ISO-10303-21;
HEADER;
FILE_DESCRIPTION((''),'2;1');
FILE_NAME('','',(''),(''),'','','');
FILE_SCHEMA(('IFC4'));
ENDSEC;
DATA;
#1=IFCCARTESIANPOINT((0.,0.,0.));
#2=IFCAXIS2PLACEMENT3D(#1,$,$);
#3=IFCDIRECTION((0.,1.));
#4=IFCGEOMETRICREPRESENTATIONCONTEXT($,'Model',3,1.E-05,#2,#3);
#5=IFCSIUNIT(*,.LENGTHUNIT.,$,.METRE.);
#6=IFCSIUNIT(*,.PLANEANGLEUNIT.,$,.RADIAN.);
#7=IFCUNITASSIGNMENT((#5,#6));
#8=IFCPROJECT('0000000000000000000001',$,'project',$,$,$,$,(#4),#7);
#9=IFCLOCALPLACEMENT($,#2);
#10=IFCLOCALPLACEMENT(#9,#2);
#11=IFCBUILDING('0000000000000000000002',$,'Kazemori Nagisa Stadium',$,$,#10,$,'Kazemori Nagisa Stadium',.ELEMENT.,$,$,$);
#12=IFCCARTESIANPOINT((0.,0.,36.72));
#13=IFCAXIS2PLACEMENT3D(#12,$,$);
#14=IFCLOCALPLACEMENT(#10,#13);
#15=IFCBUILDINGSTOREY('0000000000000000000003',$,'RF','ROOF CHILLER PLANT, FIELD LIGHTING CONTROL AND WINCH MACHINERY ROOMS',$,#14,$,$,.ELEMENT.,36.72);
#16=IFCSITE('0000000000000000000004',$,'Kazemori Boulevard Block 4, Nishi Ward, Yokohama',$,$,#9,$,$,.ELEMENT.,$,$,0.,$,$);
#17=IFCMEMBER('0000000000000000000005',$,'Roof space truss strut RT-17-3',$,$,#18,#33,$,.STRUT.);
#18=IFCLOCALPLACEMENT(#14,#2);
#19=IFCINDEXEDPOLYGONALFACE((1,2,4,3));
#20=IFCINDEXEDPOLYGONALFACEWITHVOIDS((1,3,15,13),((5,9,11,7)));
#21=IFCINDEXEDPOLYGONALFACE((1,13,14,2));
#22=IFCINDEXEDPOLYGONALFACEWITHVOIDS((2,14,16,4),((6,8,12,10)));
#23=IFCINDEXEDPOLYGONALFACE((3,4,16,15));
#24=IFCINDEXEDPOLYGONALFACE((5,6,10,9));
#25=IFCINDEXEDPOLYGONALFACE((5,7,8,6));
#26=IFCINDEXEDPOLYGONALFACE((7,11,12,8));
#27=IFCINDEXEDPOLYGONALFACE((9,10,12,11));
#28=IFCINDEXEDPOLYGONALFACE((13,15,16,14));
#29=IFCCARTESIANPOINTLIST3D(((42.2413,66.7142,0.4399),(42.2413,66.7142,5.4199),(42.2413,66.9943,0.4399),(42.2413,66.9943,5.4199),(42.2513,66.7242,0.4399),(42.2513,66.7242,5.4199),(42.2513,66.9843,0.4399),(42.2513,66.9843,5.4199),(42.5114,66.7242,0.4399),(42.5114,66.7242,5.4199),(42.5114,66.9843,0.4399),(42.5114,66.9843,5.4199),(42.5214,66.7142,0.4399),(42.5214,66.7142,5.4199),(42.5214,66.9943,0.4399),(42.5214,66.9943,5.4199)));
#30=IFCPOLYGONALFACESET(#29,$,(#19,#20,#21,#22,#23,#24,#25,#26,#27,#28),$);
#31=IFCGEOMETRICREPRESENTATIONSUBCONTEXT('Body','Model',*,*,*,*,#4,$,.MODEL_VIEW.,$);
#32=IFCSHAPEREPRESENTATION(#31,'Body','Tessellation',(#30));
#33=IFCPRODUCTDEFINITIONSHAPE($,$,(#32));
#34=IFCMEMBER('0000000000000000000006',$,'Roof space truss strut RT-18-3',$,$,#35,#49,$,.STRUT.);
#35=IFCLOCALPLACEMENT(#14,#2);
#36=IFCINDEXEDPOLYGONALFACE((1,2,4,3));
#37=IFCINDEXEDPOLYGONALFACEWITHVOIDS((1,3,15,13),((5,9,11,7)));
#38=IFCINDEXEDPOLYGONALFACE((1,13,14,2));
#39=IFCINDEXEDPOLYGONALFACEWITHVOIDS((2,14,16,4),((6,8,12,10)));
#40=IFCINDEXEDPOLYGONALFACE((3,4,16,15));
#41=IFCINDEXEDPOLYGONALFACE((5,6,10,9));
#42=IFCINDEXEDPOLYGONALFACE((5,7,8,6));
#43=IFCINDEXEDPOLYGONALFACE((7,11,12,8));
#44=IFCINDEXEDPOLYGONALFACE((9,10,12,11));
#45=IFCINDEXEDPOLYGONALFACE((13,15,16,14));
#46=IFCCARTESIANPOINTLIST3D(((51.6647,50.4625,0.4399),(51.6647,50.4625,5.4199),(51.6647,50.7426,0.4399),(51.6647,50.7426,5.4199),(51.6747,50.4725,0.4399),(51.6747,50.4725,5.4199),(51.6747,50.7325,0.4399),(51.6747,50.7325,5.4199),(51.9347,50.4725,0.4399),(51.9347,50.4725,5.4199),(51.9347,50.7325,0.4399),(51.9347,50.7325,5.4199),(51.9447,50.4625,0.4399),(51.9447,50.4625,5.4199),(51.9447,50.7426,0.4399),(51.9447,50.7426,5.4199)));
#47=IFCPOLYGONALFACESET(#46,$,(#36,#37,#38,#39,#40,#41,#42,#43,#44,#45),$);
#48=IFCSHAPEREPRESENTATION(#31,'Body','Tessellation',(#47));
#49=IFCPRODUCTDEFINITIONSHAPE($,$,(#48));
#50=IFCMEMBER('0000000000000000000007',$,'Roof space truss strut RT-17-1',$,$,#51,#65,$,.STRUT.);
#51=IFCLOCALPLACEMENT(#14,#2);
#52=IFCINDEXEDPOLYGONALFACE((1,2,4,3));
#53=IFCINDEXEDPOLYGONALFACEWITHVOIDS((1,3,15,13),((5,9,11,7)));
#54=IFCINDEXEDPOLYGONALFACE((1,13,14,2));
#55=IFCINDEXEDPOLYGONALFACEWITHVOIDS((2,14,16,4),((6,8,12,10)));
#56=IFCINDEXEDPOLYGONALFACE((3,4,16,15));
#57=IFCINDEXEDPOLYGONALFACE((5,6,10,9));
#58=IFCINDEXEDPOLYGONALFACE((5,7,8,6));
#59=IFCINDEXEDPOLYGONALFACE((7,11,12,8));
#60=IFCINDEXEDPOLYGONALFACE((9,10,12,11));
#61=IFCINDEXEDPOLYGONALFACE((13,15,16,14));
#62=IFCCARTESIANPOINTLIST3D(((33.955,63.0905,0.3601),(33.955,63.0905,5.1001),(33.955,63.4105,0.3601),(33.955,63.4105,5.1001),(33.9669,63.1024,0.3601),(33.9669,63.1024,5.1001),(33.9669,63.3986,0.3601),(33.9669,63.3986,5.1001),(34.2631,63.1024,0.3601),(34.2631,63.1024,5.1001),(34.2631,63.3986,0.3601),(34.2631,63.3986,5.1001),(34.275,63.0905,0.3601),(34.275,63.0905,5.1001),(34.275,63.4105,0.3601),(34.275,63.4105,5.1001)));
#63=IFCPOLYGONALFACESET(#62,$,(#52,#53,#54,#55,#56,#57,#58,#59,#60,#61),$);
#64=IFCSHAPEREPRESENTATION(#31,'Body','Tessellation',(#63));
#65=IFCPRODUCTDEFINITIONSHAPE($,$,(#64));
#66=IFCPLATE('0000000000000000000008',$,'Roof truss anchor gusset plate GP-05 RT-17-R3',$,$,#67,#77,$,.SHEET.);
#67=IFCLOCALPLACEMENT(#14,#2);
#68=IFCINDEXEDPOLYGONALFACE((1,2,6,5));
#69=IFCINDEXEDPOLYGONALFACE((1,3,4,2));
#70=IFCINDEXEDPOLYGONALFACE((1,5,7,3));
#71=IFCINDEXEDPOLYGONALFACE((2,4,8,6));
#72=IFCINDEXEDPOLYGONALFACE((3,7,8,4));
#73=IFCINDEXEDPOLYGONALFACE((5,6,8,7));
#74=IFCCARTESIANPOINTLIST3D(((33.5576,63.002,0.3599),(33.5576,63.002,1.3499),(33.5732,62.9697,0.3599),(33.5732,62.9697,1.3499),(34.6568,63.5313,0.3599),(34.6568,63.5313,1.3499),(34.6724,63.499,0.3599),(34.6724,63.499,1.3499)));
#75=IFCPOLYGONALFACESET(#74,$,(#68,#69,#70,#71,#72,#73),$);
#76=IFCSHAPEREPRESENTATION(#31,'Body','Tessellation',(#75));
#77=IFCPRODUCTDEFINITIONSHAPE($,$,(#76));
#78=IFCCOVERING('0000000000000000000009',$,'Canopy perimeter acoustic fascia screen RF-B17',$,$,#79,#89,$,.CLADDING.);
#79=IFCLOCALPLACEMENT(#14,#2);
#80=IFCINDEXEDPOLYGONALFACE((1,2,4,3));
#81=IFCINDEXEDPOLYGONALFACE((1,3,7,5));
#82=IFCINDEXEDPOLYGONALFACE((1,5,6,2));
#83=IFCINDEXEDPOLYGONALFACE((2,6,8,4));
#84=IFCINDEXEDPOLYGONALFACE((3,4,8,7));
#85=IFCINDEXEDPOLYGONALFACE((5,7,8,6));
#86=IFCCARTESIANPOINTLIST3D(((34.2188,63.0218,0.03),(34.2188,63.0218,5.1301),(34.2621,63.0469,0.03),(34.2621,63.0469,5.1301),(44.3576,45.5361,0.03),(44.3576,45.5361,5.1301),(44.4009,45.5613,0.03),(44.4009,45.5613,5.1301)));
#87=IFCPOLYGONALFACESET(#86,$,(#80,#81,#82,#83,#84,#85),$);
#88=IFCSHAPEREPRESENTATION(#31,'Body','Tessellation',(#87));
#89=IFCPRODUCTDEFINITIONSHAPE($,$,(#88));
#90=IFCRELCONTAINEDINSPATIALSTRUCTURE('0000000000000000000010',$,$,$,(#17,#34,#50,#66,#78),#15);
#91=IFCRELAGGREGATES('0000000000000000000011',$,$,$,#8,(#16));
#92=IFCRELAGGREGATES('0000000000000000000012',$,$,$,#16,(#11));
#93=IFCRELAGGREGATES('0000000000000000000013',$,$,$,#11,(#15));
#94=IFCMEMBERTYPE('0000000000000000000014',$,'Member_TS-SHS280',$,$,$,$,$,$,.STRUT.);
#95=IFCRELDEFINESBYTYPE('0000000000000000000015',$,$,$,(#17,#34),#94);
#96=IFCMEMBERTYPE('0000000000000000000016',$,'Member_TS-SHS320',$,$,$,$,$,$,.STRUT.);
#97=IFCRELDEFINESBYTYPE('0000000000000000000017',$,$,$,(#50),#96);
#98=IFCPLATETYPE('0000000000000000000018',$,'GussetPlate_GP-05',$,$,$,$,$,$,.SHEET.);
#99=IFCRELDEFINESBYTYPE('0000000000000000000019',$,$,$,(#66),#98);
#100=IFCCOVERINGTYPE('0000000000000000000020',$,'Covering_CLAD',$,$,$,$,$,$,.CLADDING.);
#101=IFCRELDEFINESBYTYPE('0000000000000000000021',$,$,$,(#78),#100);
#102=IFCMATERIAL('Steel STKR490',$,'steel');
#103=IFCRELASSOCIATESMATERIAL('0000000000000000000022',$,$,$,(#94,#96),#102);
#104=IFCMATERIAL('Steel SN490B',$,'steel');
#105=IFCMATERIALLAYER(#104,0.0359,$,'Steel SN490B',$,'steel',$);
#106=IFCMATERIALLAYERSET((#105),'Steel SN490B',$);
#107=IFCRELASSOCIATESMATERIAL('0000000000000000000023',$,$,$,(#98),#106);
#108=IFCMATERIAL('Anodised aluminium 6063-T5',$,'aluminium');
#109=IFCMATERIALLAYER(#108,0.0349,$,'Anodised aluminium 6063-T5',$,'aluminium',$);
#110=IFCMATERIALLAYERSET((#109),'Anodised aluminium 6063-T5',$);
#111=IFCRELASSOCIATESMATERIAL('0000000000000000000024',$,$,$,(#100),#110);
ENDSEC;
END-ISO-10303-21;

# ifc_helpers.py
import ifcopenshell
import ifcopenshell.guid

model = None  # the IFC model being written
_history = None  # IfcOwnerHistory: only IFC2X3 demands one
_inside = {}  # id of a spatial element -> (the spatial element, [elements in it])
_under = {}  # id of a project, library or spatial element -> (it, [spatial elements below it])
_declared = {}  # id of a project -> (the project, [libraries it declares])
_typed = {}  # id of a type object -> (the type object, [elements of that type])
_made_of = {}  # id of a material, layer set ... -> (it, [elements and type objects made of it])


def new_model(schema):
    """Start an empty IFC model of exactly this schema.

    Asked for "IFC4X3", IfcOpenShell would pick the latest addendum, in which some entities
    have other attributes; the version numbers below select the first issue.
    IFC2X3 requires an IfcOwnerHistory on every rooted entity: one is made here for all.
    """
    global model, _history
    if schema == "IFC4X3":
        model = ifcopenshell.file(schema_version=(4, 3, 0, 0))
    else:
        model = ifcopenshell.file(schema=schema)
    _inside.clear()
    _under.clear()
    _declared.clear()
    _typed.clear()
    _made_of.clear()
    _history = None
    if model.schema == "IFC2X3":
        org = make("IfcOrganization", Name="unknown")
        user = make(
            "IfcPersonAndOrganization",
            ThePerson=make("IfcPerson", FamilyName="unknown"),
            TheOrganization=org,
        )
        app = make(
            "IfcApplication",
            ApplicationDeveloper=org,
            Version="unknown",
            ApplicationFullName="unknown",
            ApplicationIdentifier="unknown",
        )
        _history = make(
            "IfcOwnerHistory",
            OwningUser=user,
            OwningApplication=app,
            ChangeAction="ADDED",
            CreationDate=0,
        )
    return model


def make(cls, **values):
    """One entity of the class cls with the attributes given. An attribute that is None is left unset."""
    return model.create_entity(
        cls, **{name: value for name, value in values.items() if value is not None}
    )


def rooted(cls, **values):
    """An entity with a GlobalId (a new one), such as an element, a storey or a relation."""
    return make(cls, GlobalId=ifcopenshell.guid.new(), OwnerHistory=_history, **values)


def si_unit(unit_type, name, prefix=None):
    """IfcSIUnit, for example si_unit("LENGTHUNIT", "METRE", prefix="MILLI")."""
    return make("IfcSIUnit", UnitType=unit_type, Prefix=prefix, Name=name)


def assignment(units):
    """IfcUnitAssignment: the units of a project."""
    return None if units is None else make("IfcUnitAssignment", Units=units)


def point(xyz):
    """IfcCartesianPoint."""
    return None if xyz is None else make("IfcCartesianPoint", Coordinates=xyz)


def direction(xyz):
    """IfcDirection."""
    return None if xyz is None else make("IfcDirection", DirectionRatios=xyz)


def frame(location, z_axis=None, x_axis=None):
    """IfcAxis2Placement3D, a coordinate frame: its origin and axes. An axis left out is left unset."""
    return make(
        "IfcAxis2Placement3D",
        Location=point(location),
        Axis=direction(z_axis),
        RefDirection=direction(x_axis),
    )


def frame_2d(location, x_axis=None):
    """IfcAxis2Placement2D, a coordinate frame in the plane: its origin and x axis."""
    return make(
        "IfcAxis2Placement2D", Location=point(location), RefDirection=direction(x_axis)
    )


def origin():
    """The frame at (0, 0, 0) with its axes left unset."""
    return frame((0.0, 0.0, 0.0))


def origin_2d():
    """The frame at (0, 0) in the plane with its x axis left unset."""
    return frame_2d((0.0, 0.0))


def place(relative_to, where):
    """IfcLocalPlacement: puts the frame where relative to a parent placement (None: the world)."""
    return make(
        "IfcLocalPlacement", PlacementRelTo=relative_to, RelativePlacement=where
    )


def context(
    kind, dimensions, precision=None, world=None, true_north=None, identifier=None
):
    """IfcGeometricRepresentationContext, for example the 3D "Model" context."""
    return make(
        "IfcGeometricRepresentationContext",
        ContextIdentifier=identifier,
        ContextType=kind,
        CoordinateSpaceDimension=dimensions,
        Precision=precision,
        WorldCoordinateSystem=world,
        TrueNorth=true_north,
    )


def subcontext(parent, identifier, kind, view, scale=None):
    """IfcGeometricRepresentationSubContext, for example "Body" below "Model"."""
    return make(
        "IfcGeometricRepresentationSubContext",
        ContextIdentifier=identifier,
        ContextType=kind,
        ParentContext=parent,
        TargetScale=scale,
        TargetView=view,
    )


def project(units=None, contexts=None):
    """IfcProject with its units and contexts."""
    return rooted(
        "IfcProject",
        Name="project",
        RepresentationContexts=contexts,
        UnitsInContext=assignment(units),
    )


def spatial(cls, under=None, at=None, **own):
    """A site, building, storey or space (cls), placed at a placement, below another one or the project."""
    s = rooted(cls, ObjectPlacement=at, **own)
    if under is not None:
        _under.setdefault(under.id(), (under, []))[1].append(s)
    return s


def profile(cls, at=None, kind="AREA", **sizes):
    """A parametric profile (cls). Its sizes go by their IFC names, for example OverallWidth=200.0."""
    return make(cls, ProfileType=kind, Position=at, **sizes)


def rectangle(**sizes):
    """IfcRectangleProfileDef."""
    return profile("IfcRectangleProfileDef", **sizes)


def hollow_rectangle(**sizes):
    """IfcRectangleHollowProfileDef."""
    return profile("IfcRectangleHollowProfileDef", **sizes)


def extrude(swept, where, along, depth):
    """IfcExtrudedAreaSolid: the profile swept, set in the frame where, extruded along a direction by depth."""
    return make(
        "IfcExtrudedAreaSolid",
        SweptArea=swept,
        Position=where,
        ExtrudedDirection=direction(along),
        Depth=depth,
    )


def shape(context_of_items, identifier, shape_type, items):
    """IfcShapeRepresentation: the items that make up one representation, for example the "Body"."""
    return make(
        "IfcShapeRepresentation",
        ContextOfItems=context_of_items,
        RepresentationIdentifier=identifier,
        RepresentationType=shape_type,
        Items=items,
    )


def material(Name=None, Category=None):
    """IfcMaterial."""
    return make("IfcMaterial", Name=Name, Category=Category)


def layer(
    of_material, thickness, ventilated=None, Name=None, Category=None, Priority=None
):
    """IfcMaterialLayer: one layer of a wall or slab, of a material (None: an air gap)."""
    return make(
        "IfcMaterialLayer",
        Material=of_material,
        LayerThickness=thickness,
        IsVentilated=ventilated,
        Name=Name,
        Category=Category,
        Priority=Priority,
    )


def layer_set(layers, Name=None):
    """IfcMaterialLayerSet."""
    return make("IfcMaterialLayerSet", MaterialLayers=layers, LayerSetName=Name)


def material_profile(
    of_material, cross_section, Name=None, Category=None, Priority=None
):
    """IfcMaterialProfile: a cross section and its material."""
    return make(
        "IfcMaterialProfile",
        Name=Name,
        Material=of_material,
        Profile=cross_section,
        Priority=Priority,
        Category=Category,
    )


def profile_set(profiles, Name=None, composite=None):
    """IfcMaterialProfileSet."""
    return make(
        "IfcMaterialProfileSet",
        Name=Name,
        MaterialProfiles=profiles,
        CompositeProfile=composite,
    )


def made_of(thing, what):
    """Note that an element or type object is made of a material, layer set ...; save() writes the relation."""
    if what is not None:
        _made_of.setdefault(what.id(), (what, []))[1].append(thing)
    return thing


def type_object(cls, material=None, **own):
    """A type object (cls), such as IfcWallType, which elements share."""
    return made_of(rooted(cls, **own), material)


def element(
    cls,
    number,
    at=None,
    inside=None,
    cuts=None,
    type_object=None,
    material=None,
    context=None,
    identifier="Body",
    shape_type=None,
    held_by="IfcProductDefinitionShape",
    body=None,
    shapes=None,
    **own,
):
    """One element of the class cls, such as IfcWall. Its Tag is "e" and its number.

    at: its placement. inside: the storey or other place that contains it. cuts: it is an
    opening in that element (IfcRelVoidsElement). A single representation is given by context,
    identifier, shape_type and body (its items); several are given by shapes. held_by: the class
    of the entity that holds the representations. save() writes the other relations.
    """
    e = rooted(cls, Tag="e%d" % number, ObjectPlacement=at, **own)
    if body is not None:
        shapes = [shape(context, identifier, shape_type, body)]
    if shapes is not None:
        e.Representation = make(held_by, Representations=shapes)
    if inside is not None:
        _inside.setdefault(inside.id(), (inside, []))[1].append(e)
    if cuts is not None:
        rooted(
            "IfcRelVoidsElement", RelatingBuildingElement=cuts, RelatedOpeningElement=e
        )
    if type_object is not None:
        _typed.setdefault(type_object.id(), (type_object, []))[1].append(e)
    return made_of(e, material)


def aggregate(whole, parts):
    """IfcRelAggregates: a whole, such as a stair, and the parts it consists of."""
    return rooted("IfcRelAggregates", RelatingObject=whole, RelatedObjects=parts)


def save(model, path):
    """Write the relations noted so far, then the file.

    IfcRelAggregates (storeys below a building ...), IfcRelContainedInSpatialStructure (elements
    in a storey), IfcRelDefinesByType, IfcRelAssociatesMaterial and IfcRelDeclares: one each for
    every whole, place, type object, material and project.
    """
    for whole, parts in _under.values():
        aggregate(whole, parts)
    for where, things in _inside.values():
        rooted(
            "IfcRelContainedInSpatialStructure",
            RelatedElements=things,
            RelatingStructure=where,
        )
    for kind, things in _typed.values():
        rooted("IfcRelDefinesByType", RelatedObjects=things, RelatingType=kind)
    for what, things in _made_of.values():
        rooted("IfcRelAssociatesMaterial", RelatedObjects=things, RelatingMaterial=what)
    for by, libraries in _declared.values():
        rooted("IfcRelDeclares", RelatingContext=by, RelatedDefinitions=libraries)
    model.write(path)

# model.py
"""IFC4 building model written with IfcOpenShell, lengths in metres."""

from ifc_helpers import new_model, si_unit, direction, frame, origin, origin_2d, place, context, subcontext, project, spatial, rectangle, hollow_rectangle, extrude, material, layer, layer_set, material_profile, profile_set, type_object, element, save


model = new_model("IFC4")

# Units and contexts
model_context = context("Model", 3, precision=1e-05, world=origin(), true_north=direction((0.0, 1.0)))
body_context = subcontext(model_context, "Body", "Model", "MODEL_VIEW")
ifc_project = project(units=[si_unit("LENGTHUNIT", "METRE"), si_unit("PLANEANGLEUNIT", "RADIAN")], contexts=[model_context])

# Site, building, storey
site_placement = place(None, origin())
site = spatial("IfcSite", under=ifc_project, at=site_placement, Name="Kazemori Boulevard Block 4, Nishi Ward, Yokohama", CompositionType="ELEMENT", RefElevation=0.0)
building_placement = place(site_placement, origin())
building = spatial("IfcBuilding", under=site, at=building_placement, Name="Kazemori Nagisa Stadium", LongName="Kazemori Nagisa Stadium", CompositionType="ELEMENT")
storey_placement = place(building_placement, frame((0.0, 0.0, 36.72)))
storey = spatial("IfcBuildingStorey", under=building, at=storey_placement, Name="RF", Description="ROOF CHILLER PLANT, FIELD LIGHTING CONTROL AND WINCH MACHINERY ROOMS", CompositionType="ELEMENT", Elevation=36.72)

# Shared definitions
ifc_material_1 = material(Name="Steel SN490B", Category="steel")

# Members
ifc_material_2 = material(Name="Steel STKR490", Category="steel")
ifc_material_profile_1 = material_profile(ifc_material_2, hollow_rectangle(XDim=0.28, YDim=0.28, WallThickness=0.01, at=origin_2d()), Name="SHS-280x280x10")
ifc_profile_set_1 = profile_set([ifc_material_profile_1], Name="Steel STKR490")
member_type_1 = type_object("IfcMemberType", Name="Member_TS-SHS280", PredefinedType="STRUT", material=ifc_profile_set_1)
for number, where, z_axis, x_axis, name in (
    (1, (42.3813, 66.8542, 0.4399), (0.0, 0.0, 1.0), (1.0, 0.0, 0.0), "Roof space truss strut RT-17-3"),
    (2, (51.8047, 50.6025, 0.4399), (0.0, 0.0, 1.0), (1.0, 0.0, 0.0), "Roof space truss strut RT-18-3"),
):
    element("IfcMember", number, at=place(storey_placement, frame(where, z_axis=z_axis, x_axis=x_axis)), inside=storey, type_object=member_type_1, Name=name, PredefinedType="STRUT", context=body_context, shape_type="SweptSolid", body=[
        extrude(hollow_rectangle(XDim=0.28, YDim=0.28, WallThickness=0.01, at=origin_2d()), origin(), (0.0, 0.0, 1.0), 4.98),
    ])
ifc_material_profile_2 = material_profile(ifc_material_2, hollow_rectangle(XDim=0.3201, YDim=0.3201, WallThickness=0.012, at=origin_2d()), Name="SHS-320x320x12")
ifc_profile_set_2 = profile_set([ifc_material_profile_2], Name="Steel STKR490")
member_type_2 = type_object("IfcMemberType", Name="Member_TS-SHS320", PredefinedType="STRUT", material=ifc_profile_set_2)
member_1_placement = place(storey_placement, frame((34.115, 63.2505, 0.3601), z_axis=(0.0, 0.0, 1.0), x_axis=(1.0, 0.0, 0.0)))
element("IfcMember", 3, at=member_1_placement, inside=storey, type_object=member_type_2, Name="Roof space truss strut RT-17-1", PredefinedType="STRUT", context=body_context, shape_type="SweptSolid", body=[
    extrude(hollow_rectangle(XDim=0.3201, YDim=0.3201, WallThickness=0.012, at=origin_2d()), origin(), (0.0, 0.0, 1.0), 4.74),
])

# Plate
ifc_layer_1 = layer(ifc_material_1, 0.0359, Name="Steel SN490B", Category="steel")
ifc_layer_set_1 = layer_set([ifc_layer_1], Name="Steel SN490B")
plate_type = type_object("IfcPlateType", Name="GussetPlate_GP-05", PredefinedType="SHEET", material=ifc_layer_set_1)
plate_placement = place(storey_placement, frame((34.115, 63.2505, 0.3599), z_axis=(0.0, 0.0, 1.0), x_axis=(-0.900969, -0.433884, 0.0)))
element("IfcPlate", 4, at=plate_placement, inside=storey, type_object=plate_type, Name="Roof truss anchor gusset plate GP-05 RT-17-R3", PredefinedType="SHEET", context=body_context, shape_type="SweptSolid", body=[
    extrude(rectangle(XDim=1.22, YDim=0.0359, at=origin_2d()), origin(), (0.0, 0.0, 1.0), 0.99),
])

# Covering
ifc_material_3 = material(Name="Anodised aluminium 6063-T5", Category="aluminium")
ifc_layer_2 = layer(ifc_material_3, 0.0349, Name="Anodised aluminium 6063-T5", Category="aluminium")
ifc_layer_set_2 = layer_set([ifc_layer_2], Name="Anodised aluminium 6063-T5")
covering_type = type_object("IfcCoveringType", Name="Covering_CLAD", PredefinedType="CLADDING", material=ifc_layer_set_2)
covering_placement = place(storey_placement, frame((39.3098, 54.2915, 0.03), z_axis=(0.0, 0.0, 1.0), x_axis=(0.501612, -0.865093, 0.0)))
element("IfcCovering", 5, at=covering_placement, inside=storey, type_object=covering_type, Name="Canopy perimeter acoustic fascia screen RF-B17", PredefinedType="CLADDING", context=body_context, shape_type="SweptSolid", body=[
    extrude(rectangle(XDim=20.2124, YDim=0.05, at=origin_2d()), origin(), (0.0, 0.0, 1.0), 5.1001),
])

save(model, "model.ifc")
